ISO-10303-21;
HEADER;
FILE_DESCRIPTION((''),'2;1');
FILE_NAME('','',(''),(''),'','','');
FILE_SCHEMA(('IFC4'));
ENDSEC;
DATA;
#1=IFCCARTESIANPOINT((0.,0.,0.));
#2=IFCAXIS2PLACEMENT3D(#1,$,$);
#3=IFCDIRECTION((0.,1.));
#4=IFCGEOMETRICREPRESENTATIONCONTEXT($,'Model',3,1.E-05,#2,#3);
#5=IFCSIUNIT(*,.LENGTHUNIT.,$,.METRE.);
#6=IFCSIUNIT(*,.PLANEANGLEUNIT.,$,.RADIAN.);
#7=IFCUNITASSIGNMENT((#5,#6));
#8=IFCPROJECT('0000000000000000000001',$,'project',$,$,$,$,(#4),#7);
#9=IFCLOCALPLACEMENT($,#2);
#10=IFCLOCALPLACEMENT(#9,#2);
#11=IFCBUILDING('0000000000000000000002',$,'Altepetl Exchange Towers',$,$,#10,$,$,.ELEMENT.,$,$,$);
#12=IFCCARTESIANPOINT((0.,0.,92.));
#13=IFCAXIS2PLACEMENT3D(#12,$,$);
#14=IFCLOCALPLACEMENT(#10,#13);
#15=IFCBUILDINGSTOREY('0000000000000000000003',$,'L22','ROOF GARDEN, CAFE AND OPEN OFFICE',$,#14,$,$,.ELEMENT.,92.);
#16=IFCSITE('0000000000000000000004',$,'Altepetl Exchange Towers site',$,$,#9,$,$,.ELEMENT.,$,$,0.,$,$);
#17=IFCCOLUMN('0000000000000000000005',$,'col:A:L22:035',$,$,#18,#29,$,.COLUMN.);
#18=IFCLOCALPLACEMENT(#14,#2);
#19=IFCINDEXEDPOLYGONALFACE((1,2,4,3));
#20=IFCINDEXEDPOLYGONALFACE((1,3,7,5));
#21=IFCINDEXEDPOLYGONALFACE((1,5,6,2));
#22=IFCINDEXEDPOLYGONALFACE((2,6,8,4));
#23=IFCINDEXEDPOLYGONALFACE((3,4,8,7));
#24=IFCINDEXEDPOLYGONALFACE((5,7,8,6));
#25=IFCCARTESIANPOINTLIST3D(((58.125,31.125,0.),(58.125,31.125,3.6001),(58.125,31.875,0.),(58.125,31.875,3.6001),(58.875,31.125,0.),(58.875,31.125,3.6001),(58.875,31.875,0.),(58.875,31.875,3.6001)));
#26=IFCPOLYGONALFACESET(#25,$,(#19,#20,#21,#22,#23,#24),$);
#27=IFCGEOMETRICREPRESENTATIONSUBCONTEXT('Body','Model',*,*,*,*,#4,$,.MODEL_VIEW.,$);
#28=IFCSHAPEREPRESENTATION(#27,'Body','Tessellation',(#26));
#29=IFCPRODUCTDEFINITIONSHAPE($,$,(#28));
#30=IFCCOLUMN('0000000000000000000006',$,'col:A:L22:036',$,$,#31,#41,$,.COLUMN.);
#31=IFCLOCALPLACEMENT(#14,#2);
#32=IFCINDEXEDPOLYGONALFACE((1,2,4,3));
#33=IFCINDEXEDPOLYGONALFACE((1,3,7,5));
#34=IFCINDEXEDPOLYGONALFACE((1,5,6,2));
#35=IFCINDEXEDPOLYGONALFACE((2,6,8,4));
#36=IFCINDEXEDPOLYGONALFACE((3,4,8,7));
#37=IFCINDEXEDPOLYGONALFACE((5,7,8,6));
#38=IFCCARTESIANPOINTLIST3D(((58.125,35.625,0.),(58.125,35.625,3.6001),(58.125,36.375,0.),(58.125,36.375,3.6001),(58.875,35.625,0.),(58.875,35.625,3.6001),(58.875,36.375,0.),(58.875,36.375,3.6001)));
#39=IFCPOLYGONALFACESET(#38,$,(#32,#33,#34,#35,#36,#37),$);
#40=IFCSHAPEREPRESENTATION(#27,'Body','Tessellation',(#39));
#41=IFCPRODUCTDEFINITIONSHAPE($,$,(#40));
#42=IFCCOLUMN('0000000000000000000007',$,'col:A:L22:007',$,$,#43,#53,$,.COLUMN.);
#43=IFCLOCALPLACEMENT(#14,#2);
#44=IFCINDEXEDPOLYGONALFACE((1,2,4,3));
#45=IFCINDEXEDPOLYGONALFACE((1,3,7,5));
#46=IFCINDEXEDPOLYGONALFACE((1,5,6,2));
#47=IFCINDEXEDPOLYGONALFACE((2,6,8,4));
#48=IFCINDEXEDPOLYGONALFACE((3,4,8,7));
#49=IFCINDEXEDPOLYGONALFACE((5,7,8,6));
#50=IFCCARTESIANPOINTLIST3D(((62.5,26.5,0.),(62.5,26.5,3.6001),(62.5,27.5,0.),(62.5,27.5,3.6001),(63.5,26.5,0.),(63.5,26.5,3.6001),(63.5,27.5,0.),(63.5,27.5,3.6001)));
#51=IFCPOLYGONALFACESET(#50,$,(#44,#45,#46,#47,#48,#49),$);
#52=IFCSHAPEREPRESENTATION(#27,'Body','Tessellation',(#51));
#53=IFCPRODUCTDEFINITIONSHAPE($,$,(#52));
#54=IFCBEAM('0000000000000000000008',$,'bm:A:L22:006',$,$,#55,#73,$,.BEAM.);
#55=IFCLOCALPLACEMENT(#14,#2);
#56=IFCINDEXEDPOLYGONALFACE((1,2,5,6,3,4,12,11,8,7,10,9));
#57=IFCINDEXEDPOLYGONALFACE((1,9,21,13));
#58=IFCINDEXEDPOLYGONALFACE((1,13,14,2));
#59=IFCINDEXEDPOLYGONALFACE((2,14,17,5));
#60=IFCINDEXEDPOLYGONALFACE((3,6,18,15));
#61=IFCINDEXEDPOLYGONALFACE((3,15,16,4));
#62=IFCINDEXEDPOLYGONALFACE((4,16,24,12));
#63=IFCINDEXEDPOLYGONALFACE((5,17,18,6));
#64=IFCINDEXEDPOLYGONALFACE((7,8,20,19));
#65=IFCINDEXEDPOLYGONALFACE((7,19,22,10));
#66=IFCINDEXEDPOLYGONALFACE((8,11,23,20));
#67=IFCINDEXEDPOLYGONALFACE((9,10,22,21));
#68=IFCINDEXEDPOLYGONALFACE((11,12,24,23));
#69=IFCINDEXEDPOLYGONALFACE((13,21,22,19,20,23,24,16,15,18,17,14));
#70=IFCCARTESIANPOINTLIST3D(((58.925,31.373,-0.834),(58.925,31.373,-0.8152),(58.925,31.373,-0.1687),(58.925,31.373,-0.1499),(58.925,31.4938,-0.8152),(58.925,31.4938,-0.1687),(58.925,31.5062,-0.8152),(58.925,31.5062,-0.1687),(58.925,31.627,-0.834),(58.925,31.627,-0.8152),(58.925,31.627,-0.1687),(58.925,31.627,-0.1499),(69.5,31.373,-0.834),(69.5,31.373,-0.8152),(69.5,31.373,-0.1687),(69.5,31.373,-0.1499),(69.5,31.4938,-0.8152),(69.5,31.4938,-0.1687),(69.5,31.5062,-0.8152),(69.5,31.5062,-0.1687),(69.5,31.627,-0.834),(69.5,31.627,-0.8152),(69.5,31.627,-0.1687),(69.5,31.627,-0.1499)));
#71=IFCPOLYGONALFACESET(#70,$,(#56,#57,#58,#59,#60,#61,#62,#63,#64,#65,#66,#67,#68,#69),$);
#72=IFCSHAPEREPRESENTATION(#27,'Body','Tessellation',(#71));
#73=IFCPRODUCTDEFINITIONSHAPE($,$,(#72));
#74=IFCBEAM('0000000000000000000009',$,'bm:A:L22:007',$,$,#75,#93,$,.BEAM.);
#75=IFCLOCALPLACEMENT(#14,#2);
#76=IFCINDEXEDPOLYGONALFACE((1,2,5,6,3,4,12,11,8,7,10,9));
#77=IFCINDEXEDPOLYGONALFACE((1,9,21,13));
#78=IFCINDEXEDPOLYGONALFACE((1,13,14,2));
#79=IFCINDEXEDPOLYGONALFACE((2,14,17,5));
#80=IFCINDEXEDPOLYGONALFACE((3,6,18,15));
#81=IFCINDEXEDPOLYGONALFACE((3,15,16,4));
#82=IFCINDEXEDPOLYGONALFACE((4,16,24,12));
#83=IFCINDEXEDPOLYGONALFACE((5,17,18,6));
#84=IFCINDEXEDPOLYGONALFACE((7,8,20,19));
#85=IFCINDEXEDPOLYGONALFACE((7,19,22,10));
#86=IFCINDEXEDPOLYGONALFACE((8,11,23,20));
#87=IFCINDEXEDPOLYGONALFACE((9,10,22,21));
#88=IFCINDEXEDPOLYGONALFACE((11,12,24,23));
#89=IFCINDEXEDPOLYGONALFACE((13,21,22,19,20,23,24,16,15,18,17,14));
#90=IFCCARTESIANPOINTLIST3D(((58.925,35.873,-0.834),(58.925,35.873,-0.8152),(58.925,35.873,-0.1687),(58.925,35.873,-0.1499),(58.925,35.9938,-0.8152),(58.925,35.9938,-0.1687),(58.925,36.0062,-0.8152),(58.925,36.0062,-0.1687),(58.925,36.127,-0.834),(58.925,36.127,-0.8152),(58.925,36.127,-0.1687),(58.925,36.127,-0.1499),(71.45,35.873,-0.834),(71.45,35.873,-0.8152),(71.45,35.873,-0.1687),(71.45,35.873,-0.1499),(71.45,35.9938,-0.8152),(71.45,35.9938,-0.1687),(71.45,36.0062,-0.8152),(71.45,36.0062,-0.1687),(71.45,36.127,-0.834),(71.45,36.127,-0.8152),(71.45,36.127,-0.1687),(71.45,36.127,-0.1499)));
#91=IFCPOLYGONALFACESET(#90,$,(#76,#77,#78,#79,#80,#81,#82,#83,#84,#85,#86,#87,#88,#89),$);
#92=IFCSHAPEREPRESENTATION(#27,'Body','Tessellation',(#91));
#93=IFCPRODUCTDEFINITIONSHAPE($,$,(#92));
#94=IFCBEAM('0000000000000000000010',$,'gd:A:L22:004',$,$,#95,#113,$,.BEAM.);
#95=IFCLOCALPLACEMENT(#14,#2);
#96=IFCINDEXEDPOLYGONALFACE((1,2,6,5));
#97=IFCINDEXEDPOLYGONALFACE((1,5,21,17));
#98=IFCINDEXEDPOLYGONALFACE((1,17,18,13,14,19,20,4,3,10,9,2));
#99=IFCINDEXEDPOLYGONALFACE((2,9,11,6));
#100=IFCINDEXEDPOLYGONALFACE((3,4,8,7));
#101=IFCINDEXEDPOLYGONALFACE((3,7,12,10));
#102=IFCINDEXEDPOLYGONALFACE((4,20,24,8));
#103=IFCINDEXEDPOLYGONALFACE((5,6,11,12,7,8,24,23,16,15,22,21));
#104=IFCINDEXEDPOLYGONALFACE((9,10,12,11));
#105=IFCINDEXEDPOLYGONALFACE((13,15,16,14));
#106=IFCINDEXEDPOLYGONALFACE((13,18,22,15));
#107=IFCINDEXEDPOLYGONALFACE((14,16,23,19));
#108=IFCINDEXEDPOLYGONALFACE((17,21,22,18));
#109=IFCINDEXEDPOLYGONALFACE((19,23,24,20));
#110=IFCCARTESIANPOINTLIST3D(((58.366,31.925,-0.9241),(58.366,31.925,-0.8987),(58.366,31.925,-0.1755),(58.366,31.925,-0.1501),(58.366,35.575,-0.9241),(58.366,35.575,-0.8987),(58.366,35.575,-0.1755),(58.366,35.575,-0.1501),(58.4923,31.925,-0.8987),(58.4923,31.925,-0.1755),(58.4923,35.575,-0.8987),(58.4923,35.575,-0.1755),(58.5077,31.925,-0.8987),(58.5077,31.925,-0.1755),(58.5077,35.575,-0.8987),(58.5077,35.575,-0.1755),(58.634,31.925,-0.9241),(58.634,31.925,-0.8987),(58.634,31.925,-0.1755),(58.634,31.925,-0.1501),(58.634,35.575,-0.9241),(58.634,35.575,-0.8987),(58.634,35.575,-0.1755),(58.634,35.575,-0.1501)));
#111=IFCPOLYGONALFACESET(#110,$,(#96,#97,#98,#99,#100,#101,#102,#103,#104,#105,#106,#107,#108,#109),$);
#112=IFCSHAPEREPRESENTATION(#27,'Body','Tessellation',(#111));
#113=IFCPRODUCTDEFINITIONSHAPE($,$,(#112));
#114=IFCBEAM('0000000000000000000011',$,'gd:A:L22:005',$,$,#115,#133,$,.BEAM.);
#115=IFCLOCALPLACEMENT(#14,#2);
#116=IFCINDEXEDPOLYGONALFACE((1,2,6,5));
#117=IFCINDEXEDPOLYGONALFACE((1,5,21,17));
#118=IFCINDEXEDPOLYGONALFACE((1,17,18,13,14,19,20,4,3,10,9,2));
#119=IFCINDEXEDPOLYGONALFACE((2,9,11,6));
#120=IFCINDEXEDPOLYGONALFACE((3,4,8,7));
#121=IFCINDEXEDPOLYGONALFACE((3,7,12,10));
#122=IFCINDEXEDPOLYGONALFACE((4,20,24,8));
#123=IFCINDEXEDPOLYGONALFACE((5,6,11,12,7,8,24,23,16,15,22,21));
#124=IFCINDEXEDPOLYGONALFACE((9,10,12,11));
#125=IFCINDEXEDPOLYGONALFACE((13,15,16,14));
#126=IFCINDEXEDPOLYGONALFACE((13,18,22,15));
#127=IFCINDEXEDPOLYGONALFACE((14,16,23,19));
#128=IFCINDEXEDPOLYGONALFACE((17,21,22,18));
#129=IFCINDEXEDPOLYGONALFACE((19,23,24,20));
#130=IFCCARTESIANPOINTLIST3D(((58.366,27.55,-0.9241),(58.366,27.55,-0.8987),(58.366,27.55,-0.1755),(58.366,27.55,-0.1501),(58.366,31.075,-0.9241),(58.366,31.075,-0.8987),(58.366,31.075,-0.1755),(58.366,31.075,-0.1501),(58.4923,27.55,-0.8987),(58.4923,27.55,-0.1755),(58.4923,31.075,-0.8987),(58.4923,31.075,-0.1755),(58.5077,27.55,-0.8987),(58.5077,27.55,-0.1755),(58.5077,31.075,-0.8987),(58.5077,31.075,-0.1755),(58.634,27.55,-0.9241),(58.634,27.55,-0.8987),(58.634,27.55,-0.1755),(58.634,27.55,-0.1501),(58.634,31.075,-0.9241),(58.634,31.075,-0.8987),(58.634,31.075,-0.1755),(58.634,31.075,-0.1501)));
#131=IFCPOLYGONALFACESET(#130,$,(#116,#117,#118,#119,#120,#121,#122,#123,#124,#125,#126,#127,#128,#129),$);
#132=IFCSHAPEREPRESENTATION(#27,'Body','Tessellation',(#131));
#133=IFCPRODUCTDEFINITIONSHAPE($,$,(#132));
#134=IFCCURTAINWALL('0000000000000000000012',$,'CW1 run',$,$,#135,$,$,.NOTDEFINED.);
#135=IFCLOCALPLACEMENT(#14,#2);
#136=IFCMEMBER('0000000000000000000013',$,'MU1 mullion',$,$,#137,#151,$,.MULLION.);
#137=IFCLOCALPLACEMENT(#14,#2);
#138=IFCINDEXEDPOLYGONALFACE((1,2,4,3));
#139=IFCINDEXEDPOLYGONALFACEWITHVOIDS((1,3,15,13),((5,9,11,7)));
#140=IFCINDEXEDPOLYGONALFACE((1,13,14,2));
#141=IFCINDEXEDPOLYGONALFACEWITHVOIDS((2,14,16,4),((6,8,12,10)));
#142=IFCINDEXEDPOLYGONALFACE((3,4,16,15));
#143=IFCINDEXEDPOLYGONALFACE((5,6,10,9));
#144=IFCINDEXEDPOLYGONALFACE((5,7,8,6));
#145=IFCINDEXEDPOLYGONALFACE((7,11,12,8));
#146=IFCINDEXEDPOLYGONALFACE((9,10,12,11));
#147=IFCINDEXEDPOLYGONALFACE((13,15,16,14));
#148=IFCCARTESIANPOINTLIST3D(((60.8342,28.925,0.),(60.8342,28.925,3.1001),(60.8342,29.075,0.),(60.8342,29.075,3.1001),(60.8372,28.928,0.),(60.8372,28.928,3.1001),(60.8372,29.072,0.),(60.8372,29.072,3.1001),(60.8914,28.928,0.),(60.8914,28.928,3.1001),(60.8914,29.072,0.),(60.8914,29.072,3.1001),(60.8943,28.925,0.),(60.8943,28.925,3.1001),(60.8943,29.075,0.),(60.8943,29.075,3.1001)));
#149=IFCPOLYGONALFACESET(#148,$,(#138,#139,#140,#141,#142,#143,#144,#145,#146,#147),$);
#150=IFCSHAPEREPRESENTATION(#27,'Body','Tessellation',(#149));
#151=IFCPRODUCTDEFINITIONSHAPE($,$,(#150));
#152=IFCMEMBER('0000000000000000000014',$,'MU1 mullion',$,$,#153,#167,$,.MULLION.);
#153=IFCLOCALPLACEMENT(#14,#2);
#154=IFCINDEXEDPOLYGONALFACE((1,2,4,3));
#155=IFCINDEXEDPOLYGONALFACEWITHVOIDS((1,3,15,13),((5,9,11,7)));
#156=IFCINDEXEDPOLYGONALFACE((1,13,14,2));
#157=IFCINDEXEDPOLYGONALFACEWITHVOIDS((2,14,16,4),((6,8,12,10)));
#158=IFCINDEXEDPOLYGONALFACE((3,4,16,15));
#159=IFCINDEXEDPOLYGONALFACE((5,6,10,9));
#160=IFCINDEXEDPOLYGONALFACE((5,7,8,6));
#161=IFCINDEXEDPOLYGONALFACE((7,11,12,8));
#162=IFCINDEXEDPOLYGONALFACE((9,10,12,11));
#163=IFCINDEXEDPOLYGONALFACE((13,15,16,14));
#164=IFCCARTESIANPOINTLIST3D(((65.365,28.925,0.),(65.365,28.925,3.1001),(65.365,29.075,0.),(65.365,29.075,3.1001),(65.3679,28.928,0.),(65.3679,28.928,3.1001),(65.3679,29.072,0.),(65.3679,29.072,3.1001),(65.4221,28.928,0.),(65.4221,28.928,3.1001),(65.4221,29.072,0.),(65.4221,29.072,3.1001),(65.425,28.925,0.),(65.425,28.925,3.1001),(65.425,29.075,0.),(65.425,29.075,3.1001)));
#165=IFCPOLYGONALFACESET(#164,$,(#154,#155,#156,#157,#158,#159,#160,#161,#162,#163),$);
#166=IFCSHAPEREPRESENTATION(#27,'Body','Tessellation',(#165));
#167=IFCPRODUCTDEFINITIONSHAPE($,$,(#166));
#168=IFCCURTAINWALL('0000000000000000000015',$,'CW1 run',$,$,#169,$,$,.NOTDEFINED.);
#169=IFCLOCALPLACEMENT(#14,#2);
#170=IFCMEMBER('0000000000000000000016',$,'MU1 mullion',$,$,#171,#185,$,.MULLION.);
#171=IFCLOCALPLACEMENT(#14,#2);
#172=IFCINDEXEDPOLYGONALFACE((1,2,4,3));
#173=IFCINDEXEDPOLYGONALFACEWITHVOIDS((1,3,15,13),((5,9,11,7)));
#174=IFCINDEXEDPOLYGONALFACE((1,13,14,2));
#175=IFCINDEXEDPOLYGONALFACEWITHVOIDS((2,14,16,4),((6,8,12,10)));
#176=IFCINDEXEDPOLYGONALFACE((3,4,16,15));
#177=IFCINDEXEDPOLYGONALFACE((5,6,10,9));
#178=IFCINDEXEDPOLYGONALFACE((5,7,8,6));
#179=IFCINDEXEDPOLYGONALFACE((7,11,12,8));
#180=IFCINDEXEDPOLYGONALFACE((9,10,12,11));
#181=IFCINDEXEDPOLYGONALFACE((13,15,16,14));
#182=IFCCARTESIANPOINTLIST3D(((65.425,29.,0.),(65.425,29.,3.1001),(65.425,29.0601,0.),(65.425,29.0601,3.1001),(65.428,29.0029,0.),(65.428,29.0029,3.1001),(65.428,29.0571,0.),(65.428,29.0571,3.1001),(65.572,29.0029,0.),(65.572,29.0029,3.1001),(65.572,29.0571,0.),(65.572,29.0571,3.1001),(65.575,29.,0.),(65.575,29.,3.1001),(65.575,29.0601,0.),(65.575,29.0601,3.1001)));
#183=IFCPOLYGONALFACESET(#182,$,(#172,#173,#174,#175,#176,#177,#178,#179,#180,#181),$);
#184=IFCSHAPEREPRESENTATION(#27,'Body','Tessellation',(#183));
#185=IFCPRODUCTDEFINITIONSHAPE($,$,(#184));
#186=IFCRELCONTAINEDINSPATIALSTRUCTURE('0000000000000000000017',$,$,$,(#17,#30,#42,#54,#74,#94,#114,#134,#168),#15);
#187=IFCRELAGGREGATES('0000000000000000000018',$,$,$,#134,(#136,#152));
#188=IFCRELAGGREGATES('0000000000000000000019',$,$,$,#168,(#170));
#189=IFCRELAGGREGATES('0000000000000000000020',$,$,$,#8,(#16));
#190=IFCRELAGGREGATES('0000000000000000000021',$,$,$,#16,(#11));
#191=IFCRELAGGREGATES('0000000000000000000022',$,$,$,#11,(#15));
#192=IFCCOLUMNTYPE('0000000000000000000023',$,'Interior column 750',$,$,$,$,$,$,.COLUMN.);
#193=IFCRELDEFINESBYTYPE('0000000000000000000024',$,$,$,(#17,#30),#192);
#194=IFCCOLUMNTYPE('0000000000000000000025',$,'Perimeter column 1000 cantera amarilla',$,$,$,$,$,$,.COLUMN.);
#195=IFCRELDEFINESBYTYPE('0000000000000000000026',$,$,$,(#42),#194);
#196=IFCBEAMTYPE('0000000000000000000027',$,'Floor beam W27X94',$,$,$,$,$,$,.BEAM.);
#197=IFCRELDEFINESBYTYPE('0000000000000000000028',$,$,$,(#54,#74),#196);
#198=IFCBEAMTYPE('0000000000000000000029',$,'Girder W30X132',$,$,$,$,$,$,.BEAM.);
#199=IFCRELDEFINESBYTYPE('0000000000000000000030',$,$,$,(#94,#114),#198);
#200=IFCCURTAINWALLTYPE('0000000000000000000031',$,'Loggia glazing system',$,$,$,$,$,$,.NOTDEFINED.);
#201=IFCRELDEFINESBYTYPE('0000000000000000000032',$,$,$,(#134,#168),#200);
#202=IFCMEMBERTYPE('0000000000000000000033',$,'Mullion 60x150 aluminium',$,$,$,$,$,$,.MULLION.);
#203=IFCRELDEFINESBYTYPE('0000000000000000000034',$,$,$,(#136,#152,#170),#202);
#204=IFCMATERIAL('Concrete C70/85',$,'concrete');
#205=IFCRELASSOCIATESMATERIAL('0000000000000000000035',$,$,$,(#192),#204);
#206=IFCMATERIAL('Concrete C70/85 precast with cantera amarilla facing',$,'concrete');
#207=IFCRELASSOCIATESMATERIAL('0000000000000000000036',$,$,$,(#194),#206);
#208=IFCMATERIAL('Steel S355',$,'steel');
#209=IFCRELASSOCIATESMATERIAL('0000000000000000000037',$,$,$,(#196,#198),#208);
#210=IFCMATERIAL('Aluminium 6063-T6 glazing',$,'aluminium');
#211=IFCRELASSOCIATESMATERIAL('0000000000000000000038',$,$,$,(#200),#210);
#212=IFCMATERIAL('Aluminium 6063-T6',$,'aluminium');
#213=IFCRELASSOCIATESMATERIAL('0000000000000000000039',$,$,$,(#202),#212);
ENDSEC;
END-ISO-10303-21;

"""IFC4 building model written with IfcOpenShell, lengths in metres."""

from ifc_helpers import new_model, si_unit, direction, frame, origin, origin_2d, place, context, subcontext, project, spatial, rectangle, hollow_rectangle, i_section, extrude, material, material_profile, profile_set, type_object, element, aggregate, save


model = new_model("IFC4")

# Units and contexts
model_context = context("Model", 3, precision=1e-05, world=origin(), true_north=direction((0.0, 1.0)))
body_context = subcontext(model_context, "Body", "Model", "MODEL_VIEW")
ifc_project = project(units=[si_unit("LENGTHUNIT", "METRE"), si_unit("PLANEANGLEUNIT", "RADIAN")], contexts=[model_context])

# Site, building, storey
site_placement = place(None, origin())
site = spatial("IfcSite", under=ifc_project, at=site_placement, Name="Altepetl Exchange Towers site", CompositionType="ELEMENT", RefElevation=0.0)
building_placement = place(site_placement, origin())
building = spatial("IfcBuilding", under=site, at=building_placement, Name="Altepetl Exchange Towers", CompositionType="ELEMENT")
storey_placement = place(building_placement, frame((0.0, 0.0, 92.0)))
storey = spatial("IfcBuildingStorey", under=building, at=storey_placement, Name="L22", Description="ROOF GARDEN, CAFE AND OPEN OFFICE", CompositionType="ELEMENT", Elevation=92.0)

# Columns
ifc_material_1 = material(Name="Concrete C70/85", Category="concrete")
ifc_material_profile_1 = material_profile(ifc_material_1, rectangle(XDim=0.75, YDim=0.75, at=origin_2d()), Name="750 x 750")
ifc_profile_set_1 = profile_set([ifc_material_profile_1], Name="Concrete C70/85")
column_type_1 = type_object("IfcColumnType", Name="Interior column 750", PredefinedType="COLUMN", material=ifc_profile_set_1)
for number, where, name in (
    (1, (58.5, 31.5, 0.0), "col:A:L22:035"),
    (2, (58.5, 36.0, 0.0), "col:A:L22:036"),
):
    element("IfcColumn", number, at=place(storey_placement, frame(where)), inside=storey, type_object=column_type_1, Name=name, PredefinedType="COLUMN", context=body_context, shape_type="SweptSolid", body=[
        extrude(rectangle(XDim=0.75, YDim=0.75, at=origin_2d()), origin(), (0.0, 0.0, 1.0), 3.6001),
    ])
ifc_material_2 = material(Name="Concrete C70/85 precast with cantera amarilla facing", Category="concrete")
ifc_material_profile_2 = material_profile(ifc_material_2, rectangle(XDim=1.0, YDim=1.0, at=origin_2d()), Name="1000 x 1000")
ifc_profile_set_2 = profile_set([ifc_material_profile_2], Name="Concrete C70/85 precast with cantera amarilla facing")
column_type_2 = type_object("IfcColumnType", Name="Perimeter column 1000 cantera amarilla", PredefinedType="COLUMN", material=ifc_profile_set_2)
column_placement = place(storey_placement, frame((63.0, 27.0, 0.0)))
element("IfcColumn", 3, at=column_placement, inside=storey, type_object=column_type_2, Name="col:A:L22:007", PredefinedType="COLUMN", context=body_context, shape_type="SweptSolid", body=[
    extrude(rectangle(XDim=1.0, YDim=1.0, at=origin_2d()), origin(), (0.0, 0.0, 1.0), 3.6001),
])

# Beams
ifc_material_3 = material(Name="Steel S355", Category="steel")
ifc_material_profile_3 = material_profile(ifc_material_3, i_section(OverallWidth=0.2539, OverallDepth=0.6841, WebThickness=0.0125, FlangeThickness=0.0188, at=origin_2d()), Name="W27X94")
ifc_profile_set_3 = profile_set([ifc_material_profile_3], Name="Steel S355")
beam_type_1 = type_object("IfcBeamType", Name="Floor beam W27X94", PredefinedType="BEAM", material=ifc_profile_set_3)
beam_1_placement = place(storey_placement, frame((58.925, 31.5, -0.4919), z_axis=(1.0, 0.0, 0.0), x_axis=(0.0, 1.0, 0.0)))
element("IfcBeam", 4, at=beam_1_placement, inside=storey, type_object=beam_type_1, Name="bm:A:L22:006", PredefinedType="BEAM", context=body_context, shape_type="SweptSolid", body=[
    extrude(i_section(OverallWidth=0.2539, OverallDepth=0.6841, WebThickness=0.0125, FlangeThickness=0.0188, at=origin_2d()), origin(), (0.0, 0.0, 1.0), 10.575),
])
beam_2_placement = place(storey_placement, frame((58.925, 36.0, -0.4919), z_axis=(1.0, 0.0, 0.0), x_axis=(0.0, 1.0, 0.0)))
element("IfcBeam", 5, at=beam_2_placement, inside=storey, type_object=beam_type_1, Name="bm:A:L22:007", PredefinedType="BEAM", context=body_context, shape_type="SweptSolid", body=[
    extrude(i_section(OverallWidth=0.2539, OverallDepth=0.6841, WebThickness=0.0125, FlangeThickness=0.0188, at=origin_2d()), origin(), (0.0, 0.0, 1.0), 12.5249),
])
ifc_material_profile_4 = material_profile(ifc_material_3, i_section(OverallWidth=0.2681, OverallDepth=0.7739, WebThickness=0.0154, FlangeThickness=0.0254, at=origin_2d()), Name="W30X132")
ifc_profile_set_4 = profile_set([ifc_material_profile_4], Name="Steel S355")
beam_type_2 = type_object("IfcBeamType", Name="Girder W30X132", PredefinedType="BEAM", material=ifc_profile_set_4)
beam_3_placement = place(storey_placement, frame((58.5, 35.575, -0.5371), z_axis=(0.0, -1.0, 0.0), x_axis=(1.0, 0.0, 0.0)))
element("IfcBeam", 6, at=beam_3_placement, inside=storey, type_object=beam_type_2, Name="gd:A:L22:004", PredefinedType="BEAM", context=body_context, shape_type="SweptSolid", body=[
    extrude(i_section(OverallWidth=0.2681, OverallDepth=0.7739, WebThickness=0.0154, FlangeThickness=0.0254, at=origin_2d()), origin(), (0.0, 0.0, 1.0), 3.6499),
])
beam_4_placement = place(storey_placement, frame((58.5, 31.075, -0.5371), z_axis=(0.0, -1.0, 0.0), x_axis=(1.0, 0.0, 0.0)))
element("IfcBeam", 7, at=beam_4_placement, inside=storey, type_object=beam_type_2, Name="gd:A:L22:005", PredefinedType="BEAM", context=body_context, shape_type="SweptSolid", body=[
    extrude(i_section(OverallWidth=0.2681, OverallDepth=0.7739, WebThickness=0.0154, FlangeThickness=0.0254, at=origin_2d()), origin(), (0.0, 0.0, 1.0), 3.5249),
])

# Curtain walls, members
ifc_material_4 = material(Name="Aluminium 6063-T6 glazing", Category="aluminium")
curtain_wall_type = type_object("IfcCurtainWallType", Name="Loggia glazing system", PredefinedType="NOTDEFINED", material=ifc_material_4)
curtain_wall_1_placement = place(storey_placement, origin())
curtain_wall_1 = element("IfcCurtainWall", 8, at=curtain_wall_1_placement, inside=storey, type_object=curtain_wall_type, Name="CW1 run", PredefinedType="NOTDEFINED")
ifc_material_5 = material(Name="Aluminium 6063-T6", Category="aluminium")
ifc_material_profile_5 = material_profile(ifc_material_5, hollow_rectangle(XDim=0.0601, YDim=0.1499, WallThickness=0.0029, at=origin_2d()), Name="Mullion 60x150 aluminium")
ifc_profile_set_5 = profile_set([ifc_material_profile_5], Name="Aluminium 6063-T6")
member_type = type_object("IfcMemberType", Name="Mullion 60x150 aluminium", PredefinedType="MULLION", material=ifc_profile_set_5)
member_1_placement = place(storey_placement, frame((60.8643, 29.0, 0.0)))
member_1 = element("IfcMember", 9, at=member_1_placement, type_object=member_type, Name="MU1 mullion", PredefinedType="MULLION", context=body_context, shape_type="SweptSolid", body=[
    extrude(hollow_rectangle(XDim=0.0601, YDim=0.1499, WallThickness=0.0029, at=origin_2d()), origin(), (0.0, 0.0, 1.0), 3.1001),
])
member_2_placement = place(storey_placement, frame((65.395, 29.0, 0.0)))
member_2 = element("IfcMember", 10, at=member_2_placement, type_object=member_type, Name="MU1 mullion", PredefinedType="MULLION", context=body_context, shape_type="SweptSolid", body=[
    extrude(hollow_rectangle(XDim=0.0601, YDim=0.1499, WallThickness=0.0029, at=origin_2d()), origin(), (0.0, 0.0, 1.0), 3.1001),
])
curtain_wall_2_placement = place(storey_placement, origin())
curtain_wall_2 = element("IfcCurtainWall", 11, at=curtain_wall_2_placement, inside=storey, type_object=curtain_wall_type, Name="CW1 run", PredefinedType="NOTDEFINED")
member_3_placement = place(storey_placement, frame((65.5, 29.03, 0.0), z_axis=(0.0, 0.0, 1.0), x_axis=(0.0, 1.0, 0.0)))
member_3 = element("IfcMember", 12, at=member_3_placement, type_object=member_type, Name="MU1 mullion", PredefinedType="MULLION", context=body_context, shape_type="SweptSolid", body=[
    extrude(hollow_rectangle(XDim=0.0601, YDim=0.1499, WallThickness=0.0029, at=origin_2d()), origin(), (0.0, 0.0, 1.0), 3.1001),
])

aggregate(curtain_wall_1, [member_1, member_2])
aggregate(curtain_wall_2, [member_3])

save(model, "model.ifc")
